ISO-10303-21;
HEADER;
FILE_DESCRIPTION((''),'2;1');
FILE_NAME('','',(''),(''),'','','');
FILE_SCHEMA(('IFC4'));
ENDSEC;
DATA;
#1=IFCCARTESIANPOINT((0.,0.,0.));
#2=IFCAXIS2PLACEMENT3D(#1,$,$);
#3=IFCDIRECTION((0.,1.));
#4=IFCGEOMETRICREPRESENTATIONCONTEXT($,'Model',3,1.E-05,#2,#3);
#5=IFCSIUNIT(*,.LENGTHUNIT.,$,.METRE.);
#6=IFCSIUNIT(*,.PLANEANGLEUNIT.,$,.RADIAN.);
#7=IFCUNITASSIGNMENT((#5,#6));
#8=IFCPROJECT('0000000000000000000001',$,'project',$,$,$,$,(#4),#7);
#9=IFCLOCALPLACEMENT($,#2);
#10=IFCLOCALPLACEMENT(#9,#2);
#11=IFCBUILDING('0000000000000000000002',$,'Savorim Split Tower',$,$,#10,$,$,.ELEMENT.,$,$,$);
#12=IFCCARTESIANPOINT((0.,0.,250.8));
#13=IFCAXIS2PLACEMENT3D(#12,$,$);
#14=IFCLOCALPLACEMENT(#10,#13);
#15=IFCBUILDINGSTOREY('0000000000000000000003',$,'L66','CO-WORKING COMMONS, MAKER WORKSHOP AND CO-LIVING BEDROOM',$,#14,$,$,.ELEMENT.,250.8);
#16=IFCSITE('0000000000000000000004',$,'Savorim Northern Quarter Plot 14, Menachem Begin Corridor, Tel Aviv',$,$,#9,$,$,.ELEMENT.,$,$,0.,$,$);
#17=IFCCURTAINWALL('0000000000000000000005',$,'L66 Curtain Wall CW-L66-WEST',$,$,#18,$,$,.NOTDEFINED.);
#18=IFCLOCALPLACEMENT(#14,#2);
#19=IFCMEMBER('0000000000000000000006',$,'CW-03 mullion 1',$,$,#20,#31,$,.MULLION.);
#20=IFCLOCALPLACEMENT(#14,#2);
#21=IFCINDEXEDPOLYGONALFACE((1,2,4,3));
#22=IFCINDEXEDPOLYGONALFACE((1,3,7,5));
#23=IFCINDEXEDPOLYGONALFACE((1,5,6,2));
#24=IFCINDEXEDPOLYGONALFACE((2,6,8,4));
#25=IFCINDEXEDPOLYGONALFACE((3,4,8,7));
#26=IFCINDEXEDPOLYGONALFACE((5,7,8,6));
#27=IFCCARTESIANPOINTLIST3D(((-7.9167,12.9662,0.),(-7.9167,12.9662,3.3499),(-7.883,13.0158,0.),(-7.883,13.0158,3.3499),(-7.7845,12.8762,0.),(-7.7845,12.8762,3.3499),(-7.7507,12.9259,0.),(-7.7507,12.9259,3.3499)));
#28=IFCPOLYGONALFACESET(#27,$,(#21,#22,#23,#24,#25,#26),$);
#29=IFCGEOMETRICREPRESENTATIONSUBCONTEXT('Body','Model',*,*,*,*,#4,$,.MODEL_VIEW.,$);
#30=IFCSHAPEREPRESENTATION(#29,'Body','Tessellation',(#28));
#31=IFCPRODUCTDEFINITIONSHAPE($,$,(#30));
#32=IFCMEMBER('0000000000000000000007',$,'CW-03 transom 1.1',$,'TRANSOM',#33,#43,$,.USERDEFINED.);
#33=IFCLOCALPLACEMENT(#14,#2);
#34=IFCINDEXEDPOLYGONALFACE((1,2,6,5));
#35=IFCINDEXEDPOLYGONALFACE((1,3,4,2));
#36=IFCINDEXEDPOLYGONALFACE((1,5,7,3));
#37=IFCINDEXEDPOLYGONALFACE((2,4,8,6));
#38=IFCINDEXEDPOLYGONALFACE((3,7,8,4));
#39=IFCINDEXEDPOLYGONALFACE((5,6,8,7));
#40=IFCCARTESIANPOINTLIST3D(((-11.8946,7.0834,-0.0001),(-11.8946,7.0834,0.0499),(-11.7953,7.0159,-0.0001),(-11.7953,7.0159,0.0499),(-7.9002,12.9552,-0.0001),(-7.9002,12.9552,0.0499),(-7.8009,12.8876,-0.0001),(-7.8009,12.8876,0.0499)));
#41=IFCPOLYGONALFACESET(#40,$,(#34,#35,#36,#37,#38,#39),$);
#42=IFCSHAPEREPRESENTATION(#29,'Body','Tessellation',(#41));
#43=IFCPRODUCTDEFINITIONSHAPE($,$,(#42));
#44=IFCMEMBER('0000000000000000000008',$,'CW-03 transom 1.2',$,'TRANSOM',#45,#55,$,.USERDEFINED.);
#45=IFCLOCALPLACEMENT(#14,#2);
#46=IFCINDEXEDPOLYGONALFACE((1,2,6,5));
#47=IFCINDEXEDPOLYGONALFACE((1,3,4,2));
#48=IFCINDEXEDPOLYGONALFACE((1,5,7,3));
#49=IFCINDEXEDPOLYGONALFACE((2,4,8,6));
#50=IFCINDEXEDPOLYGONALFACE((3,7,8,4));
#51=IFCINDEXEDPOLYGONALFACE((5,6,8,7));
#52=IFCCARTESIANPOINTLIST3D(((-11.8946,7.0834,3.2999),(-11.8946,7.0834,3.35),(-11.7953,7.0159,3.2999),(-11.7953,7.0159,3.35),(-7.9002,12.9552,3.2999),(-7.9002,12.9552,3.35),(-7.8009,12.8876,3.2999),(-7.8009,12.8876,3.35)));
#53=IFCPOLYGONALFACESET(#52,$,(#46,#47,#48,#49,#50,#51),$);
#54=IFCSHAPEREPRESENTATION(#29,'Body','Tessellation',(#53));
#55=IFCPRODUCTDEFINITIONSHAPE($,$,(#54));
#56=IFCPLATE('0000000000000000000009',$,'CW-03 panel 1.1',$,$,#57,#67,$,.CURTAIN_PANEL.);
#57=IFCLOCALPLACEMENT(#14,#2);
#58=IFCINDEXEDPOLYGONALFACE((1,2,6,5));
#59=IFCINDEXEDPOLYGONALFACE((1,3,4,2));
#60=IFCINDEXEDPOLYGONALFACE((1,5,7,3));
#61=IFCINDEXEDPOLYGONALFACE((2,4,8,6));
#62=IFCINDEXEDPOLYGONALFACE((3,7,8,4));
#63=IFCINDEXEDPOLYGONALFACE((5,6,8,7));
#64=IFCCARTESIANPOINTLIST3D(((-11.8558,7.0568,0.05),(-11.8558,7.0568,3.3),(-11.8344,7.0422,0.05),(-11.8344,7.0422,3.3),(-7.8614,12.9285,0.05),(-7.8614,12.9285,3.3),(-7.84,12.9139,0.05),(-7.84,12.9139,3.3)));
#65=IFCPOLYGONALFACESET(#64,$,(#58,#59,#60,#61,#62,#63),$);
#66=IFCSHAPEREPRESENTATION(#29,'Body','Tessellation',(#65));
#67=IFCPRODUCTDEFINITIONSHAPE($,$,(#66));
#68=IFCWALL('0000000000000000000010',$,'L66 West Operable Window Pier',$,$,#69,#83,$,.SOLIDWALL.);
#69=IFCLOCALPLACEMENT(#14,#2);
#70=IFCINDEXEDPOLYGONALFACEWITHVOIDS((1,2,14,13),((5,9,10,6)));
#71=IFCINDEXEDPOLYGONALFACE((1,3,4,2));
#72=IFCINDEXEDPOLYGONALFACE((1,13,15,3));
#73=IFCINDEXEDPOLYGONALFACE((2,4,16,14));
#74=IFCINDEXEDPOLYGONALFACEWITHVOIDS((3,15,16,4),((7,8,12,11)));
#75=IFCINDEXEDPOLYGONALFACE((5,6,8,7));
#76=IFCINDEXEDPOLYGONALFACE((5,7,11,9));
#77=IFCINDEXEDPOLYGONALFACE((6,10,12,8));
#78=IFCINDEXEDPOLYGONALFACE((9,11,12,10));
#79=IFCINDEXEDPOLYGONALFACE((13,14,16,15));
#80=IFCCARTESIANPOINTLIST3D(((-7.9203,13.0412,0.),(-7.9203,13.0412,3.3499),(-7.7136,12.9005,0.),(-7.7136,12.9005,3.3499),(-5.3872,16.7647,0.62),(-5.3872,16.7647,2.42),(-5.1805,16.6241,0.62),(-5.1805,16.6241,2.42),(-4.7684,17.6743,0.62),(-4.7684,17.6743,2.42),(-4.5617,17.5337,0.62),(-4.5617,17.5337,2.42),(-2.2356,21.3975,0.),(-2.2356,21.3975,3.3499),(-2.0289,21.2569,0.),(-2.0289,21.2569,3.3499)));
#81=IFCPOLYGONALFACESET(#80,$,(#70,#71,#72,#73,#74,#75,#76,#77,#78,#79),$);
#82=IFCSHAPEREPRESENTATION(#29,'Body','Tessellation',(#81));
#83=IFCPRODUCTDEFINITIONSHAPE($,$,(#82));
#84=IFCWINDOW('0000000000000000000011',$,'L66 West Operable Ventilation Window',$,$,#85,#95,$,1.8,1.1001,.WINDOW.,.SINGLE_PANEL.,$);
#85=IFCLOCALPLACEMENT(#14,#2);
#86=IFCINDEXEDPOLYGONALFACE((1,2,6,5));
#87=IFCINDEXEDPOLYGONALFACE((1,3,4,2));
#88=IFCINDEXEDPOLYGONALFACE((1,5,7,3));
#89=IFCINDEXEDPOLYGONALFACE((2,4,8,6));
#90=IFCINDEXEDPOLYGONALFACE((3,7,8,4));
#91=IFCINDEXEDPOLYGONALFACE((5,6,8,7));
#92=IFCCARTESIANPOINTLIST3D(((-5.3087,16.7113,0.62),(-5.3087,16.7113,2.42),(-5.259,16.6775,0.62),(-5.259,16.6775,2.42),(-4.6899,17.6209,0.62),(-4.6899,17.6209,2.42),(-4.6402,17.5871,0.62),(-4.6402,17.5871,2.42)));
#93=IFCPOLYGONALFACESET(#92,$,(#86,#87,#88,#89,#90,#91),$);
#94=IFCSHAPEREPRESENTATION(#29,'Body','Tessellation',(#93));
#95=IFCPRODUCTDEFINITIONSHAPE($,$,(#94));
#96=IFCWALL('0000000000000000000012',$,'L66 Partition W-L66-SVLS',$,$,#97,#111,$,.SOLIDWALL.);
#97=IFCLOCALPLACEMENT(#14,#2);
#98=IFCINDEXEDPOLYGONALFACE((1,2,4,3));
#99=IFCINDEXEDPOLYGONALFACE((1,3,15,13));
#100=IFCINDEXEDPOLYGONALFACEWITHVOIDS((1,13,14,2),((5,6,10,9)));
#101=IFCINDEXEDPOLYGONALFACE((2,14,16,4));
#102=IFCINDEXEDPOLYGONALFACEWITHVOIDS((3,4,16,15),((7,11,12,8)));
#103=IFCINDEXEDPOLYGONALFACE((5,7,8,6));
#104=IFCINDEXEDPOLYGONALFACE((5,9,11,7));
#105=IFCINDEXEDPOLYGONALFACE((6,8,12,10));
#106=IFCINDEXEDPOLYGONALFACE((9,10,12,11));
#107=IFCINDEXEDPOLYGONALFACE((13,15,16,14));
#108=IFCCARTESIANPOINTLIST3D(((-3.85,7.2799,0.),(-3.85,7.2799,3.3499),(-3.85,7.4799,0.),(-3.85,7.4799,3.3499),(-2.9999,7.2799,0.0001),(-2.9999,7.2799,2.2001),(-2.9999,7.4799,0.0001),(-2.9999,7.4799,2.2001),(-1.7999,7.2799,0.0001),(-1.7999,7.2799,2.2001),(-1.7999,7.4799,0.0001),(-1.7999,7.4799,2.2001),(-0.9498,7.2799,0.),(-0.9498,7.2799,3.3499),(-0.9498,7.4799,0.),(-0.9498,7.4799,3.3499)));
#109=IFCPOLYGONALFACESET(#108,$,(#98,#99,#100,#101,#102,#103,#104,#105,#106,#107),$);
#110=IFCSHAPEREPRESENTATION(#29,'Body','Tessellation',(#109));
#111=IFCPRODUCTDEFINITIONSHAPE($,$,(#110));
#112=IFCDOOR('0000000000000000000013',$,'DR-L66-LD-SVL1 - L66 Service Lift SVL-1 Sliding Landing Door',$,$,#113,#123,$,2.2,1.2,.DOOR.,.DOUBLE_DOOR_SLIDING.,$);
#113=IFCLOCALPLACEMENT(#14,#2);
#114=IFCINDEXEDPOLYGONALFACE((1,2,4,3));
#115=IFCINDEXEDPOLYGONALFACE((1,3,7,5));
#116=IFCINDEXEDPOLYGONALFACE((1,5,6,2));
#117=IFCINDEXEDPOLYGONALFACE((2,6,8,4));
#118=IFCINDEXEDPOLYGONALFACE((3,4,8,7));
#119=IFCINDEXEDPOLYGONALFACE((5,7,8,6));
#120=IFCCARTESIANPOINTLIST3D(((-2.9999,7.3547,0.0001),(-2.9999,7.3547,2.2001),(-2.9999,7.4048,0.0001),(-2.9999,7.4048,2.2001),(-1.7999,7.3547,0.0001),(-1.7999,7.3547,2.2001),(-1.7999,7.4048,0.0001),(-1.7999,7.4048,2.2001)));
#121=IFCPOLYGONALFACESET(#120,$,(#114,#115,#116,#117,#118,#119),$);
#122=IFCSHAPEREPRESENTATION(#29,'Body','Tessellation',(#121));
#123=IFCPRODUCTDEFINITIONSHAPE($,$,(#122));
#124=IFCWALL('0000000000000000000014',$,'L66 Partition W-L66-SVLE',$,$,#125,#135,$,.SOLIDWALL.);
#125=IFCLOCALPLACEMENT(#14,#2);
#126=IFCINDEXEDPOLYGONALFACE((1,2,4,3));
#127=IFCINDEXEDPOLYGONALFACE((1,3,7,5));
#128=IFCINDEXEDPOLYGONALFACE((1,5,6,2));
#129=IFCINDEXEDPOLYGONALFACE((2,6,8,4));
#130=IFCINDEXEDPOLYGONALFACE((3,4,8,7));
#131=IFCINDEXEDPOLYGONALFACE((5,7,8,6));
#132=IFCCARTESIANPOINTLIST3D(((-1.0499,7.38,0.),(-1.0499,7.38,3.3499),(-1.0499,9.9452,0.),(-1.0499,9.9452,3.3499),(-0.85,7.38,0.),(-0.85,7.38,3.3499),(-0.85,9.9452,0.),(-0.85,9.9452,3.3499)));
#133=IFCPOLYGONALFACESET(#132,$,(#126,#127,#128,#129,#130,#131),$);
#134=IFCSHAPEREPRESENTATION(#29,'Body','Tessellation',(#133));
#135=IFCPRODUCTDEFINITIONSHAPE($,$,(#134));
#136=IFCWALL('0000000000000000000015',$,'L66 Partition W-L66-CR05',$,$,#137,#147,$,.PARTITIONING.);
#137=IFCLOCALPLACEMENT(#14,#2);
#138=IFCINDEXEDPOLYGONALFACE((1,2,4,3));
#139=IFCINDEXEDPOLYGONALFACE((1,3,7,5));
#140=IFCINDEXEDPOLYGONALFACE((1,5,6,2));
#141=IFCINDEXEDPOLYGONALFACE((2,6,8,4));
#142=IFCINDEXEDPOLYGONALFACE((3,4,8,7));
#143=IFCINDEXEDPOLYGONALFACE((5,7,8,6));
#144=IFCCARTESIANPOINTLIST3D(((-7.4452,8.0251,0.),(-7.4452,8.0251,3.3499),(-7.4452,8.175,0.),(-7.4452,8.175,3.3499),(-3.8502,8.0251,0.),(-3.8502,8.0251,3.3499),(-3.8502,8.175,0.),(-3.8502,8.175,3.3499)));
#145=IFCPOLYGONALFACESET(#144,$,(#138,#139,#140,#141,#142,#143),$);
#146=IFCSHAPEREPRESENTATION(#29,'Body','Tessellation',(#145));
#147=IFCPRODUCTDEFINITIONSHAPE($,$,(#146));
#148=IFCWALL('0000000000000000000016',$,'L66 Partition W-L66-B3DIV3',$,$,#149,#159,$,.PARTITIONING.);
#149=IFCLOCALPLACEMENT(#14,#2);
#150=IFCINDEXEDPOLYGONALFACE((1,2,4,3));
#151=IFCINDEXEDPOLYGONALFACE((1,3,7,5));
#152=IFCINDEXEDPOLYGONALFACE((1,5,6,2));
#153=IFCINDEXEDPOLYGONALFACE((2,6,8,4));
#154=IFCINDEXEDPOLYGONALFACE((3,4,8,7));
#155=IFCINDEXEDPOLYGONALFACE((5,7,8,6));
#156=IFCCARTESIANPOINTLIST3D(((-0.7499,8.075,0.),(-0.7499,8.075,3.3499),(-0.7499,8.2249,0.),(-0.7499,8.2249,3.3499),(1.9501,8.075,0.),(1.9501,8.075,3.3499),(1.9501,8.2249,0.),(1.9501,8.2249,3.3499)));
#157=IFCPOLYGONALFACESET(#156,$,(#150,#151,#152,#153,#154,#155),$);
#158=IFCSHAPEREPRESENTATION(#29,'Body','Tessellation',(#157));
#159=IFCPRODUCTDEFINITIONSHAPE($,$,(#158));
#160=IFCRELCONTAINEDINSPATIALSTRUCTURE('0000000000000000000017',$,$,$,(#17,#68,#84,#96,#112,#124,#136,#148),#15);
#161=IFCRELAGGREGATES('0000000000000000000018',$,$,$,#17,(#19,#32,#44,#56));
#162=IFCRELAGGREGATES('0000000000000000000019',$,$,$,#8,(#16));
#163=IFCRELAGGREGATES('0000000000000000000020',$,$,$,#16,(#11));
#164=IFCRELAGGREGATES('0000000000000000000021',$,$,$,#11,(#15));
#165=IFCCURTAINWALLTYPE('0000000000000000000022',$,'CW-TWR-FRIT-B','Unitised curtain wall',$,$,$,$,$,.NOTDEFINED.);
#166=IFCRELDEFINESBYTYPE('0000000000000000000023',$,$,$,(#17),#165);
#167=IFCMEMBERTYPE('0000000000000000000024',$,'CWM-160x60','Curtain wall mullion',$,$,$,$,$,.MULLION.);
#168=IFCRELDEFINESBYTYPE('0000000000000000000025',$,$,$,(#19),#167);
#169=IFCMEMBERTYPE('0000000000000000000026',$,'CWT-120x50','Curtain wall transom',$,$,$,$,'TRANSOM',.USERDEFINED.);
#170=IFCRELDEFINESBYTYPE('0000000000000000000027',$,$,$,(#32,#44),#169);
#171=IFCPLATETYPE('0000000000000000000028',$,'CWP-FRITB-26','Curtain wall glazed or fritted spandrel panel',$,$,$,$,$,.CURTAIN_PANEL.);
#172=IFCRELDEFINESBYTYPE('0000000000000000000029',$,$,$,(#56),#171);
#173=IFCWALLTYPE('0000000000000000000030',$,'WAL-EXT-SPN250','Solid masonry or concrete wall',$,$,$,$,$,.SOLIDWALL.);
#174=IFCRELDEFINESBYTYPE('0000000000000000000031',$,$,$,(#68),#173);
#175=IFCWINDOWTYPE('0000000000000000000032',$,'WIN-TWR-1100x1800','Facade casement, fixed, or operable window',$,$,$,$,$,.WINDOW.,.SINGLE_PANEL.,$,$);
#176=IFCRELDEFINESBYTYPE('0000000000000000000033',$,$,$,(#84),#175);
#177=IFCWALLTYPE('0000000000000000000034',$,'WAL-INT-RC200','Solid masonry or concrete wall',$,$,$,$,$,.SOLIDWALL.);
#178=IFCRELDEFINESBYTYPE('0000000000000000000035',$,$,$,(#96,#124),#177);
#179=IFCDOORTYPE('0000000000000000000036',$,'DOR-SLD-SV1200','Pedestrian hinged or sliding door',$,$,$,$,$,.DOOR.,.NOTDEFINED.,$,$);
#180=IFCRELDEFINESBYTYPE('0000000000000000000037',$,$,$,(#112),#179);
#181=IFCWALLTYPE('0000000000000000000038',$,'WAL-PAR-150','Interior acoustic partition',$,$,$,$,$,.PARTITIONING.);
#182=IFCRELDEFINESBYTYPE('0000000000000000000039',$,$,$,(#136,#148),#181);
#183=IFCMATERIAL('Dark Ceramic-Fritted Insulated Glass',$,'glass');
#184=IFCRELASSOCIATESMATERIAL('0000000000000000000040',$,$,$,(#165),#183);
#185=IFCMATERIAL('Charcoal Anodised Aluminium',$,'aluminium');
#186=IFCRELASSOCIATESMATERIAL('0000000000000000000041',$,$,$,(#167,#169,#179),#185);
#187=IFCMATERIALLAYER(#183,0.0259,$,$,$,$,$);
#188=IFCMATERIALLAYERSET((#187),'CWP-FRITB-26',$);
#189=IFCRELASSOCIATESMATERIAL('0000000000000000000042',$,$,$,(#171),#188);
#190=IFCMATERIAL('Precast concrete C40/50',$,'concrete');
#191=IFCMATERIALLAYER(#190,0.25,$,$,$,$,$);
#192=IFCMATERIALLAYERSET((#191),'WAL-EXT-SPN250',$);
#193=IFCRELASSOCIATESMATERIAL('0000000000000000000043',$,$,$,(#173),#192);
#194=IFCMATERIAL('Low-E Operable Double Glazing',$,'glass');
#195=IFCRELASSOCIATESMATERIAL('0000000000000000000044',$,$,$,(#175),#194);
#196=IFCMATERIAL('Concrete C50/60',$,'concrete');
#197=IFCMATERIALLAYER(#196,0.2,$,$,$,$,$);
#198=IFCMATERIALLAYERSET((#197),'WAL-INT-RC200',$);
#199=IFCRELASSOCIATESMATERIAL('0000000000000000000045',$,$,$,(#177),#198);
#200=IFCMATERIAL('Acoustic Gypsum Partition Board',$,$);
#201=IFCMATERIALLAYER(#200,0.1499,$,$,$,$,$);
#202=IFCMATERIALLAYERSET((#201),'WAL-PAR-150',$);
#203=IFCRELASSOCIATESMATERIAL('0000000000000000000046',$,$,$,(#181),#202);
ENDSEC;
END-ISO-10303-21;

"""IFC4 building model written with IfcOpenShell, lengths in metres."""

from ifc_helpers import new_model, si_unit, direction, frame, frame_2d, origin, origin_2d, place, context, subcontext, project, spatial, rectangle, extrude, material, layer, layer_set, material_profile, profile_set, type_object, element, fill, aggregate, save


model = new_model("IFC4")

# Units and contexts
model_context = context("Model", 3, precision=1e-05, world=origin(), true_north=direction((0.0, 1.0)))
body_context = subcontext(model_context, "Body", "Model", "MODEL_VIEW")
ifc_project = project(units=[si_unit("LENGTHUNIT", "METRE"), si_unit("PLANEANGLEUNIT", "RADIAN")], contexts=[model_context])

# Site, building, storey
site_placement = place(None, origin())
site = spatial("IfcSite", under=ifc_project, at=site_placement, Name="Savorim Northern Quarter Plot 14, Menachem Begin Corridor, Tel Aviv", CompositionType="ELEMENT", RefElevation=0.0)
building_placement = place(site_placement, origin())
building = spatial("IfcBuilding", under=site, at=building_placement, Name="Savorim Split Tower", CompositionType="ELEMENT")
storey_placement = place(building_placement, frame((0.0, 0.0, 250.8)))
storey = spatial("IfcBuildingStorey", under=building, at=storey_placement, Name="L66", Description="CO-WORKING COMMONS, MAKER WORKSHOP AND CO-LIVING BEDROOM", CompositionType="ELEMENT", Elevation=250.8)

# Curtain wall, members, plate
ifc_material_1 = material(Name="Dark Ceramic-Fritted Insulated Glass", Category="glass")
curtain_wall_type = type_object("IfcCurtainWallType", Name="CW-TWR-FRIT-B", Description="Unitised curtain wall", PredefinedType="NOTDEFINED", material=ifc_material_1)
curtain_wall_placement = place(storey_placement, origin())
curtain_wall = element("IfcCurtainWall", 1, at=curtain_wall_placement, inside=storey, type_object=curtain_wall_type, Name="L66 Curtain Wall CW-L66-WEST", PredefinedType="NOTDEFINED")
ifc_material_2 = material(Name="Charcoal Anodised Aluminium", Category="aluminium")
ifc_material_profile_1 = material_profile(ifc_material_2, rectangle(XDim=0.1599, YDim=0.0601, at=origin_2d()), Name="ALU-M 160x60")
ifc_profile_set_1 = profile_set([ifc_material_profile_1], Name="Charcoal Anodised Aluminium")
member_type_1 = type_object("IfcMemberType", Name="CWM-160x60", Description="Curtain wall mullion", PredefinedType="MULLION", material=ifc_profile_set_1)
member_1_placement = place(storey_placement, frame((-7.8337, 12.946, 0.0), z_axis=(0.0, 0.0, 1.0), x_axis=(0.826817, -0.56247, 0.0)))
member_1 = element("IfcMember", 2, at=member_1_placement, type_object=member_type_1, Name="CW-03 mullion 1", PredefinedType="MULLION", context=body_context, shape_type="SweptSolid", body=[
    extrude(rectangle(XDim=0.1599, YDim=0.0601, at=origin_2d()), origin(), (0.0, 0.0, 1.0), 3.3499),
])
ifc_material_profile_2 = material_profile(ifc_material_2, rectangle(XDim=0.1201, YDim=0.05, at=origin_2d()), Name="ALU-T 120x50")
ifc_profile_set_2 = profile_set([ifc_material_profile_2], Name="Charcoal Anodised Aluminium")
member_type_2 = type_object("IfcMemberType", Name="CWT-120x50", Description="Curtain wall transom", ElementType="TRANSOM", PredefinedType="USERDEFINED", material=ifc_profile_set_2)
member_2_placement = place(storey_placement, frame((-7.8506, 12.9214, 0.0249), z_axis=(-0.562459, -0.826825, 0.0), x_axis=(0.826825, -0.562459, 0.0)))
member_2 = element("IfcMember", 3, at=member_2_placement, type_object=member_type_2, Name="CW-03 transom 1.1", ObjectType="TRANSOM", PredefinedType="USERDEFINED", context=body_context, shape_type="SweptSolid", body=[
    extrude(rectangle(XDim=0.1201, YDim=0.05, at=origin_2d()), origin(), (0.0, 0.0, 1.0), 7.1016),
])
member_3_placement = place(storey_placement, frame((-7.8506, 12.9214, 3.325), z_axis=(-0.562459, -0.826825, 0.0), x_axis=(0.826825, -0.562459, 0.0)))
member_3 = element("IfcMember", 4, at=member_3_placement, type_object=member_type_2, Name="CW-03 transom 1.2", ObjectType="TRANSOM", PredefinedType="USERDEFINED", context=body_context, shape_type="SweptSolid", body=[
    extrude(rectangle(XDim=0.1201, YDim=0.05, at=origin_2d()), origin(), (0.0, 0.0, 1.0), 7.1016),
])
ifc_layer_1 = layer(ifc_material_1, 0.0259)
ifc_layer_set_1 = layer_set([ifc_layer_1], Name="CWP-FRITB-26")
plate_type = type_object("IfcPlateType", Name="CWP-FRITB-26", Description="Curtain wall glazed or fritted spandrel panel", PredefinedType="CURTAIN_PANEL", material=ifc_layer_set_1)
plate_placement = place(storey_placement, frame((-9.8479, 9.9854, 0.05), z_axis=(0.0, 0.0, 1.0), x_axis=(-0.56247, -0.826817, 0.0)))
plate = element("IfcPlate", 5, at=plate_placement, type_object=plate_type, Name="CW-03 panel 1.1", PredefinedType="CURTAIN_PANEL", context=body_context, shape_type="SweptSolid", body=[
    extrude(rectangle(XDim=7.1016, YDim=0.0259, at=origin_2d()), origin(), (0.0, 0.0, 1.0), 3.25),
])
aggregate(curtain_wall, [member_1, member_2, member_3, plate])

# Shared definitions
ifc_material_3 = material(Name="Precast concrete C40/50", Category="concrete")

# Wall, opening, window
ifc_layer_2 = layer(ifc_material_3, 0.25)
ifc_layer_set_2 = layer_set([ifc_layer_2], Name="WAL-EXT-SPN250")
wall_type_1 = type_object("IfcWallType", Name="WAL-EXT-SPN250", Description="Solid masonry or concrete wall", PredefinedType="SOLIDWALL", material=ifc_layer_set_2)
wall_1_placement = place(storey_placement, frame((-7.8169, 12.9709, 0.0), z_axis=(0.0, 0.0, 1.0), x_axis=(0.562475, 0.826815, 0.0)))
wall_1 = element("IfcWall", 6, at=wall_1_placement, inside=storey, type_object=wall_type_1, Name="L66 West Operable Window Pier", PredefinedType="SOLIDWALL", context=body_context, shape_type="SweptSolid", body=[
    extrude(rectangle(XDim=10.1067, YDim=0.25, at=frame_2d((5.0532, 0.0))), origin(), (0.0, 0.0, 1.0), 3.3499),
])
opening_1_placement = place(wall_1_placement, frame((4.5034, 0.0, 0.6201)))
opening_1 = element("IfcOpeningElement", 7, at=opening_1_placement, cuts=wall_1, PredefinedType="OPENING", context=body_context, shape_type="SweptSolid", body=[
    extrude(rectangle(XDim=1.1001, YDim=1.8, at=frame_2d((0.55, 0.8999))), frame((0.0, 0.135, 0.0), z_axis=(0.0, -1.0, 0.0), x_axis=(1.0, 0.0, 0.0)), (0.0, 0.0, 1.0), 0.27),
])
ifc_material_4 = material(Name="Low-E Operable Double Glazing", Category="glass")
window_type = type_object("IfcWindowType", Name="WIN-TWR-1100x1800", Description="Facade casement, fixed, or operable window", PartitioningType="SINGLE_PANEL", PredefinedType="WINDOW", material=ifc_material_4)
window_placement = place(opening_1_placement, origin())
window = element("IfcWindow", 8, at=window_placement, inside=storey, type_object=window_type, Name="L66 West Operable Ventilation Window", OverallHeight=1.8, OverallWidth=1.1001, PartitioningType="SINGLE_PANEL", PredefinedType="WINDOW", context=body_context, shape_type="SweptSolid", body=[
    extrude(rectangle(XDim=1.1001, YDim=1.8, at=frame_2d((0.55, 0.8999))), frame((0.0, 0.03, 0.0), z_axis=(0.0, -1.0, 0.0), x_axis=(1.0, 0.0, 0.0)), (0.0, 0.0, 1.0), 0.0601),
])
fill(opening_1, window)

# Wall, opening, door
ifc_material_5 = material(Name="Concrete C50/60", Category="concrete")
ifc_layer_3 = layer(ifc_material_5, 0.2)
ifc_layer_set_3 = layer_set([ifc_layer_3], Name="WAL-INT-RC200")
wall_type_2 = type_object("IfcWallType", Name="WAL-INT-RC200", Description="Solid masonry or concrete wall", PredefinedType="SOLIDWALL", material=ifc_layer_set_3)
wall_2_placement = place(storey_placement, frame((-3.8501, 7.3799, 0.0), z_axis=(0.0, 0.0, 1.0), x_axis=(1.0, 0.0, 0.0)))
wall_2 = element("IfcWall", 9, at=wall_2_placement, inside=storey, type_object=wall_type_2, Name="L66 Partition W-L66-SVLS", PredefinedType="SOLIDWALL", context=body_context, shape_type="SweptSolid", body=[
    extrude(rectangle(XDim=2.9001, YDim=0.2, at=frame_2d((1.4502, 0.0))), origin(), (0.0, 0.0, 1.0), 3.3499),
])
opening_2_placement = place(wall_2_placement, frame((0.8501, 0.0, 0.0)))
opening_2 = element("IfcOpeningElement", 10, at=opening_2_placement, cuts=wall_2, PredefinedType="OPENING", context=body_context, shape_type="SweptSolid", body=[
    extrude(rectangle(XDim=1.2, YDim=2.2, at=frame_2d((0.6001, 1.1001))), frame((0.0, 0.1099, 0.0), z_axis=(0.0, -1.0, 0.0), x_axis=(1.0, 0.0, 0.0)), (0.0, 0.0, 1.0), 0.22),
])
door_type_1 = type_object("IfcDoorType", Name="DOR-SLD-SV1200", Description="Pedestrian hinged or sliding door", OperationType="NOTDEFINED", PredefinedType="DOOR", material=ifc_material_2)
door_1_placement = place(opening_2_placement, origin())
door_1 = element("IfcDoor", 11, at=door_1_placement, inside=storey, type_object=door_type_1, Name="DR-L66-LD-SVL1 - L66 Service Lift SVL-1 Sliding Landing Door", OperationType="DOUBLE_DOOR_SLIDING", OverallHeight=2.2, OverallWidth=1.2, PredefinedType="DOOR", context=body_context, shape_type="SweptSolid", body=[
    extrude(rectangle(XDim=1.2, YDim=2.2, at=frame_2d((0.6001, 1.1001))), frame((0.0, 0.0249, 0.0), z_axis=(0.0, -1.0, 0.0), x_axis=(1.0, 0.0, 0.0)), (0.0, 0.0, 1.0), 0.05),
])
fill(opening_2, door_1)

# Walls
wall_3_placement = place(storey_placement, frame((-0.95, 7.3799, 0.0), z_axis=(0.0, 0.0, 1.0), x_axis=(0.0, 1.0, 0.0)))
element("IfcWall", 12, at=wall_3_placement, inside=storey, type_object=wall_type_2, Name="L66 Partition W-L66-SVLE", PredefinedType="SOLIDWALL", context=body_context, shape_type="SweptSolid", body=[
    extrude(rectangle(XDim=2.5652, YDim=0.2, at=frame_2d((1.2827, 0.0))), origin(), (0.0, 0.0, 1.0), 3.3499),
])
ifc_material_6 = material(Name="Acoustic Gypsum Partition Board")
ifc_layer_4 = layer(ifc_material_6, 0.1499)
ifc_layer_set_4 = layer_set([ifc_layer_4], Name="WAL-PAR-150")
wall_type_3 = type_object("IfcWallType", Name="WAL-PAR-150", Description="Interior acoustic partition", PredefinedType="PARTITIONING", material=ifc_layer_set_4)
wall_4_placement = place(storey_placement, frame((-7.4451, 8.1001, 0.0), z_axis=(0.0, 0.0, 1.0), x_axis=(1.0, 0.0, 0.0)))
element("IfcWall", 13, at=wall_4_placement, inside=storey, type_object=wall_type_3, Name="L66 Partition W-L66-CR05", PredefinedType="PARTITIONING", context=body_context, shape_type="SweptSolid", body=[
    extrude(rectangle(XDim=3.595, YDim=0.1499, at=frame_2d((1.7974, 0.0))), origin(), (0.0, 0.0, 1.0), 3.3499),
])
wall_5_placement = place(storey_placement, frame((-0.75, 8.1499, 0.0), z_axis=(0.0, 0.0, 1.0), x_axis=(1.0, 0.0, 0.0)))
element("IfcWall", 14, at=wall_5_placement, inside=storey, type_object=wall_type_3, Name="L66 Partition W-L66-B3DIV3", PredefinedType="PARTITIONING", context=body_context, shape_type="SweptSolid", body=[
    extrude(rectangle(XDim=2.7, YDim=0.1499, at=frame_2d((1.3501, 0.0))), origin(), (0.0, 0.0, 1.0), 3.3499),
])

save(model, "model.ifc")
